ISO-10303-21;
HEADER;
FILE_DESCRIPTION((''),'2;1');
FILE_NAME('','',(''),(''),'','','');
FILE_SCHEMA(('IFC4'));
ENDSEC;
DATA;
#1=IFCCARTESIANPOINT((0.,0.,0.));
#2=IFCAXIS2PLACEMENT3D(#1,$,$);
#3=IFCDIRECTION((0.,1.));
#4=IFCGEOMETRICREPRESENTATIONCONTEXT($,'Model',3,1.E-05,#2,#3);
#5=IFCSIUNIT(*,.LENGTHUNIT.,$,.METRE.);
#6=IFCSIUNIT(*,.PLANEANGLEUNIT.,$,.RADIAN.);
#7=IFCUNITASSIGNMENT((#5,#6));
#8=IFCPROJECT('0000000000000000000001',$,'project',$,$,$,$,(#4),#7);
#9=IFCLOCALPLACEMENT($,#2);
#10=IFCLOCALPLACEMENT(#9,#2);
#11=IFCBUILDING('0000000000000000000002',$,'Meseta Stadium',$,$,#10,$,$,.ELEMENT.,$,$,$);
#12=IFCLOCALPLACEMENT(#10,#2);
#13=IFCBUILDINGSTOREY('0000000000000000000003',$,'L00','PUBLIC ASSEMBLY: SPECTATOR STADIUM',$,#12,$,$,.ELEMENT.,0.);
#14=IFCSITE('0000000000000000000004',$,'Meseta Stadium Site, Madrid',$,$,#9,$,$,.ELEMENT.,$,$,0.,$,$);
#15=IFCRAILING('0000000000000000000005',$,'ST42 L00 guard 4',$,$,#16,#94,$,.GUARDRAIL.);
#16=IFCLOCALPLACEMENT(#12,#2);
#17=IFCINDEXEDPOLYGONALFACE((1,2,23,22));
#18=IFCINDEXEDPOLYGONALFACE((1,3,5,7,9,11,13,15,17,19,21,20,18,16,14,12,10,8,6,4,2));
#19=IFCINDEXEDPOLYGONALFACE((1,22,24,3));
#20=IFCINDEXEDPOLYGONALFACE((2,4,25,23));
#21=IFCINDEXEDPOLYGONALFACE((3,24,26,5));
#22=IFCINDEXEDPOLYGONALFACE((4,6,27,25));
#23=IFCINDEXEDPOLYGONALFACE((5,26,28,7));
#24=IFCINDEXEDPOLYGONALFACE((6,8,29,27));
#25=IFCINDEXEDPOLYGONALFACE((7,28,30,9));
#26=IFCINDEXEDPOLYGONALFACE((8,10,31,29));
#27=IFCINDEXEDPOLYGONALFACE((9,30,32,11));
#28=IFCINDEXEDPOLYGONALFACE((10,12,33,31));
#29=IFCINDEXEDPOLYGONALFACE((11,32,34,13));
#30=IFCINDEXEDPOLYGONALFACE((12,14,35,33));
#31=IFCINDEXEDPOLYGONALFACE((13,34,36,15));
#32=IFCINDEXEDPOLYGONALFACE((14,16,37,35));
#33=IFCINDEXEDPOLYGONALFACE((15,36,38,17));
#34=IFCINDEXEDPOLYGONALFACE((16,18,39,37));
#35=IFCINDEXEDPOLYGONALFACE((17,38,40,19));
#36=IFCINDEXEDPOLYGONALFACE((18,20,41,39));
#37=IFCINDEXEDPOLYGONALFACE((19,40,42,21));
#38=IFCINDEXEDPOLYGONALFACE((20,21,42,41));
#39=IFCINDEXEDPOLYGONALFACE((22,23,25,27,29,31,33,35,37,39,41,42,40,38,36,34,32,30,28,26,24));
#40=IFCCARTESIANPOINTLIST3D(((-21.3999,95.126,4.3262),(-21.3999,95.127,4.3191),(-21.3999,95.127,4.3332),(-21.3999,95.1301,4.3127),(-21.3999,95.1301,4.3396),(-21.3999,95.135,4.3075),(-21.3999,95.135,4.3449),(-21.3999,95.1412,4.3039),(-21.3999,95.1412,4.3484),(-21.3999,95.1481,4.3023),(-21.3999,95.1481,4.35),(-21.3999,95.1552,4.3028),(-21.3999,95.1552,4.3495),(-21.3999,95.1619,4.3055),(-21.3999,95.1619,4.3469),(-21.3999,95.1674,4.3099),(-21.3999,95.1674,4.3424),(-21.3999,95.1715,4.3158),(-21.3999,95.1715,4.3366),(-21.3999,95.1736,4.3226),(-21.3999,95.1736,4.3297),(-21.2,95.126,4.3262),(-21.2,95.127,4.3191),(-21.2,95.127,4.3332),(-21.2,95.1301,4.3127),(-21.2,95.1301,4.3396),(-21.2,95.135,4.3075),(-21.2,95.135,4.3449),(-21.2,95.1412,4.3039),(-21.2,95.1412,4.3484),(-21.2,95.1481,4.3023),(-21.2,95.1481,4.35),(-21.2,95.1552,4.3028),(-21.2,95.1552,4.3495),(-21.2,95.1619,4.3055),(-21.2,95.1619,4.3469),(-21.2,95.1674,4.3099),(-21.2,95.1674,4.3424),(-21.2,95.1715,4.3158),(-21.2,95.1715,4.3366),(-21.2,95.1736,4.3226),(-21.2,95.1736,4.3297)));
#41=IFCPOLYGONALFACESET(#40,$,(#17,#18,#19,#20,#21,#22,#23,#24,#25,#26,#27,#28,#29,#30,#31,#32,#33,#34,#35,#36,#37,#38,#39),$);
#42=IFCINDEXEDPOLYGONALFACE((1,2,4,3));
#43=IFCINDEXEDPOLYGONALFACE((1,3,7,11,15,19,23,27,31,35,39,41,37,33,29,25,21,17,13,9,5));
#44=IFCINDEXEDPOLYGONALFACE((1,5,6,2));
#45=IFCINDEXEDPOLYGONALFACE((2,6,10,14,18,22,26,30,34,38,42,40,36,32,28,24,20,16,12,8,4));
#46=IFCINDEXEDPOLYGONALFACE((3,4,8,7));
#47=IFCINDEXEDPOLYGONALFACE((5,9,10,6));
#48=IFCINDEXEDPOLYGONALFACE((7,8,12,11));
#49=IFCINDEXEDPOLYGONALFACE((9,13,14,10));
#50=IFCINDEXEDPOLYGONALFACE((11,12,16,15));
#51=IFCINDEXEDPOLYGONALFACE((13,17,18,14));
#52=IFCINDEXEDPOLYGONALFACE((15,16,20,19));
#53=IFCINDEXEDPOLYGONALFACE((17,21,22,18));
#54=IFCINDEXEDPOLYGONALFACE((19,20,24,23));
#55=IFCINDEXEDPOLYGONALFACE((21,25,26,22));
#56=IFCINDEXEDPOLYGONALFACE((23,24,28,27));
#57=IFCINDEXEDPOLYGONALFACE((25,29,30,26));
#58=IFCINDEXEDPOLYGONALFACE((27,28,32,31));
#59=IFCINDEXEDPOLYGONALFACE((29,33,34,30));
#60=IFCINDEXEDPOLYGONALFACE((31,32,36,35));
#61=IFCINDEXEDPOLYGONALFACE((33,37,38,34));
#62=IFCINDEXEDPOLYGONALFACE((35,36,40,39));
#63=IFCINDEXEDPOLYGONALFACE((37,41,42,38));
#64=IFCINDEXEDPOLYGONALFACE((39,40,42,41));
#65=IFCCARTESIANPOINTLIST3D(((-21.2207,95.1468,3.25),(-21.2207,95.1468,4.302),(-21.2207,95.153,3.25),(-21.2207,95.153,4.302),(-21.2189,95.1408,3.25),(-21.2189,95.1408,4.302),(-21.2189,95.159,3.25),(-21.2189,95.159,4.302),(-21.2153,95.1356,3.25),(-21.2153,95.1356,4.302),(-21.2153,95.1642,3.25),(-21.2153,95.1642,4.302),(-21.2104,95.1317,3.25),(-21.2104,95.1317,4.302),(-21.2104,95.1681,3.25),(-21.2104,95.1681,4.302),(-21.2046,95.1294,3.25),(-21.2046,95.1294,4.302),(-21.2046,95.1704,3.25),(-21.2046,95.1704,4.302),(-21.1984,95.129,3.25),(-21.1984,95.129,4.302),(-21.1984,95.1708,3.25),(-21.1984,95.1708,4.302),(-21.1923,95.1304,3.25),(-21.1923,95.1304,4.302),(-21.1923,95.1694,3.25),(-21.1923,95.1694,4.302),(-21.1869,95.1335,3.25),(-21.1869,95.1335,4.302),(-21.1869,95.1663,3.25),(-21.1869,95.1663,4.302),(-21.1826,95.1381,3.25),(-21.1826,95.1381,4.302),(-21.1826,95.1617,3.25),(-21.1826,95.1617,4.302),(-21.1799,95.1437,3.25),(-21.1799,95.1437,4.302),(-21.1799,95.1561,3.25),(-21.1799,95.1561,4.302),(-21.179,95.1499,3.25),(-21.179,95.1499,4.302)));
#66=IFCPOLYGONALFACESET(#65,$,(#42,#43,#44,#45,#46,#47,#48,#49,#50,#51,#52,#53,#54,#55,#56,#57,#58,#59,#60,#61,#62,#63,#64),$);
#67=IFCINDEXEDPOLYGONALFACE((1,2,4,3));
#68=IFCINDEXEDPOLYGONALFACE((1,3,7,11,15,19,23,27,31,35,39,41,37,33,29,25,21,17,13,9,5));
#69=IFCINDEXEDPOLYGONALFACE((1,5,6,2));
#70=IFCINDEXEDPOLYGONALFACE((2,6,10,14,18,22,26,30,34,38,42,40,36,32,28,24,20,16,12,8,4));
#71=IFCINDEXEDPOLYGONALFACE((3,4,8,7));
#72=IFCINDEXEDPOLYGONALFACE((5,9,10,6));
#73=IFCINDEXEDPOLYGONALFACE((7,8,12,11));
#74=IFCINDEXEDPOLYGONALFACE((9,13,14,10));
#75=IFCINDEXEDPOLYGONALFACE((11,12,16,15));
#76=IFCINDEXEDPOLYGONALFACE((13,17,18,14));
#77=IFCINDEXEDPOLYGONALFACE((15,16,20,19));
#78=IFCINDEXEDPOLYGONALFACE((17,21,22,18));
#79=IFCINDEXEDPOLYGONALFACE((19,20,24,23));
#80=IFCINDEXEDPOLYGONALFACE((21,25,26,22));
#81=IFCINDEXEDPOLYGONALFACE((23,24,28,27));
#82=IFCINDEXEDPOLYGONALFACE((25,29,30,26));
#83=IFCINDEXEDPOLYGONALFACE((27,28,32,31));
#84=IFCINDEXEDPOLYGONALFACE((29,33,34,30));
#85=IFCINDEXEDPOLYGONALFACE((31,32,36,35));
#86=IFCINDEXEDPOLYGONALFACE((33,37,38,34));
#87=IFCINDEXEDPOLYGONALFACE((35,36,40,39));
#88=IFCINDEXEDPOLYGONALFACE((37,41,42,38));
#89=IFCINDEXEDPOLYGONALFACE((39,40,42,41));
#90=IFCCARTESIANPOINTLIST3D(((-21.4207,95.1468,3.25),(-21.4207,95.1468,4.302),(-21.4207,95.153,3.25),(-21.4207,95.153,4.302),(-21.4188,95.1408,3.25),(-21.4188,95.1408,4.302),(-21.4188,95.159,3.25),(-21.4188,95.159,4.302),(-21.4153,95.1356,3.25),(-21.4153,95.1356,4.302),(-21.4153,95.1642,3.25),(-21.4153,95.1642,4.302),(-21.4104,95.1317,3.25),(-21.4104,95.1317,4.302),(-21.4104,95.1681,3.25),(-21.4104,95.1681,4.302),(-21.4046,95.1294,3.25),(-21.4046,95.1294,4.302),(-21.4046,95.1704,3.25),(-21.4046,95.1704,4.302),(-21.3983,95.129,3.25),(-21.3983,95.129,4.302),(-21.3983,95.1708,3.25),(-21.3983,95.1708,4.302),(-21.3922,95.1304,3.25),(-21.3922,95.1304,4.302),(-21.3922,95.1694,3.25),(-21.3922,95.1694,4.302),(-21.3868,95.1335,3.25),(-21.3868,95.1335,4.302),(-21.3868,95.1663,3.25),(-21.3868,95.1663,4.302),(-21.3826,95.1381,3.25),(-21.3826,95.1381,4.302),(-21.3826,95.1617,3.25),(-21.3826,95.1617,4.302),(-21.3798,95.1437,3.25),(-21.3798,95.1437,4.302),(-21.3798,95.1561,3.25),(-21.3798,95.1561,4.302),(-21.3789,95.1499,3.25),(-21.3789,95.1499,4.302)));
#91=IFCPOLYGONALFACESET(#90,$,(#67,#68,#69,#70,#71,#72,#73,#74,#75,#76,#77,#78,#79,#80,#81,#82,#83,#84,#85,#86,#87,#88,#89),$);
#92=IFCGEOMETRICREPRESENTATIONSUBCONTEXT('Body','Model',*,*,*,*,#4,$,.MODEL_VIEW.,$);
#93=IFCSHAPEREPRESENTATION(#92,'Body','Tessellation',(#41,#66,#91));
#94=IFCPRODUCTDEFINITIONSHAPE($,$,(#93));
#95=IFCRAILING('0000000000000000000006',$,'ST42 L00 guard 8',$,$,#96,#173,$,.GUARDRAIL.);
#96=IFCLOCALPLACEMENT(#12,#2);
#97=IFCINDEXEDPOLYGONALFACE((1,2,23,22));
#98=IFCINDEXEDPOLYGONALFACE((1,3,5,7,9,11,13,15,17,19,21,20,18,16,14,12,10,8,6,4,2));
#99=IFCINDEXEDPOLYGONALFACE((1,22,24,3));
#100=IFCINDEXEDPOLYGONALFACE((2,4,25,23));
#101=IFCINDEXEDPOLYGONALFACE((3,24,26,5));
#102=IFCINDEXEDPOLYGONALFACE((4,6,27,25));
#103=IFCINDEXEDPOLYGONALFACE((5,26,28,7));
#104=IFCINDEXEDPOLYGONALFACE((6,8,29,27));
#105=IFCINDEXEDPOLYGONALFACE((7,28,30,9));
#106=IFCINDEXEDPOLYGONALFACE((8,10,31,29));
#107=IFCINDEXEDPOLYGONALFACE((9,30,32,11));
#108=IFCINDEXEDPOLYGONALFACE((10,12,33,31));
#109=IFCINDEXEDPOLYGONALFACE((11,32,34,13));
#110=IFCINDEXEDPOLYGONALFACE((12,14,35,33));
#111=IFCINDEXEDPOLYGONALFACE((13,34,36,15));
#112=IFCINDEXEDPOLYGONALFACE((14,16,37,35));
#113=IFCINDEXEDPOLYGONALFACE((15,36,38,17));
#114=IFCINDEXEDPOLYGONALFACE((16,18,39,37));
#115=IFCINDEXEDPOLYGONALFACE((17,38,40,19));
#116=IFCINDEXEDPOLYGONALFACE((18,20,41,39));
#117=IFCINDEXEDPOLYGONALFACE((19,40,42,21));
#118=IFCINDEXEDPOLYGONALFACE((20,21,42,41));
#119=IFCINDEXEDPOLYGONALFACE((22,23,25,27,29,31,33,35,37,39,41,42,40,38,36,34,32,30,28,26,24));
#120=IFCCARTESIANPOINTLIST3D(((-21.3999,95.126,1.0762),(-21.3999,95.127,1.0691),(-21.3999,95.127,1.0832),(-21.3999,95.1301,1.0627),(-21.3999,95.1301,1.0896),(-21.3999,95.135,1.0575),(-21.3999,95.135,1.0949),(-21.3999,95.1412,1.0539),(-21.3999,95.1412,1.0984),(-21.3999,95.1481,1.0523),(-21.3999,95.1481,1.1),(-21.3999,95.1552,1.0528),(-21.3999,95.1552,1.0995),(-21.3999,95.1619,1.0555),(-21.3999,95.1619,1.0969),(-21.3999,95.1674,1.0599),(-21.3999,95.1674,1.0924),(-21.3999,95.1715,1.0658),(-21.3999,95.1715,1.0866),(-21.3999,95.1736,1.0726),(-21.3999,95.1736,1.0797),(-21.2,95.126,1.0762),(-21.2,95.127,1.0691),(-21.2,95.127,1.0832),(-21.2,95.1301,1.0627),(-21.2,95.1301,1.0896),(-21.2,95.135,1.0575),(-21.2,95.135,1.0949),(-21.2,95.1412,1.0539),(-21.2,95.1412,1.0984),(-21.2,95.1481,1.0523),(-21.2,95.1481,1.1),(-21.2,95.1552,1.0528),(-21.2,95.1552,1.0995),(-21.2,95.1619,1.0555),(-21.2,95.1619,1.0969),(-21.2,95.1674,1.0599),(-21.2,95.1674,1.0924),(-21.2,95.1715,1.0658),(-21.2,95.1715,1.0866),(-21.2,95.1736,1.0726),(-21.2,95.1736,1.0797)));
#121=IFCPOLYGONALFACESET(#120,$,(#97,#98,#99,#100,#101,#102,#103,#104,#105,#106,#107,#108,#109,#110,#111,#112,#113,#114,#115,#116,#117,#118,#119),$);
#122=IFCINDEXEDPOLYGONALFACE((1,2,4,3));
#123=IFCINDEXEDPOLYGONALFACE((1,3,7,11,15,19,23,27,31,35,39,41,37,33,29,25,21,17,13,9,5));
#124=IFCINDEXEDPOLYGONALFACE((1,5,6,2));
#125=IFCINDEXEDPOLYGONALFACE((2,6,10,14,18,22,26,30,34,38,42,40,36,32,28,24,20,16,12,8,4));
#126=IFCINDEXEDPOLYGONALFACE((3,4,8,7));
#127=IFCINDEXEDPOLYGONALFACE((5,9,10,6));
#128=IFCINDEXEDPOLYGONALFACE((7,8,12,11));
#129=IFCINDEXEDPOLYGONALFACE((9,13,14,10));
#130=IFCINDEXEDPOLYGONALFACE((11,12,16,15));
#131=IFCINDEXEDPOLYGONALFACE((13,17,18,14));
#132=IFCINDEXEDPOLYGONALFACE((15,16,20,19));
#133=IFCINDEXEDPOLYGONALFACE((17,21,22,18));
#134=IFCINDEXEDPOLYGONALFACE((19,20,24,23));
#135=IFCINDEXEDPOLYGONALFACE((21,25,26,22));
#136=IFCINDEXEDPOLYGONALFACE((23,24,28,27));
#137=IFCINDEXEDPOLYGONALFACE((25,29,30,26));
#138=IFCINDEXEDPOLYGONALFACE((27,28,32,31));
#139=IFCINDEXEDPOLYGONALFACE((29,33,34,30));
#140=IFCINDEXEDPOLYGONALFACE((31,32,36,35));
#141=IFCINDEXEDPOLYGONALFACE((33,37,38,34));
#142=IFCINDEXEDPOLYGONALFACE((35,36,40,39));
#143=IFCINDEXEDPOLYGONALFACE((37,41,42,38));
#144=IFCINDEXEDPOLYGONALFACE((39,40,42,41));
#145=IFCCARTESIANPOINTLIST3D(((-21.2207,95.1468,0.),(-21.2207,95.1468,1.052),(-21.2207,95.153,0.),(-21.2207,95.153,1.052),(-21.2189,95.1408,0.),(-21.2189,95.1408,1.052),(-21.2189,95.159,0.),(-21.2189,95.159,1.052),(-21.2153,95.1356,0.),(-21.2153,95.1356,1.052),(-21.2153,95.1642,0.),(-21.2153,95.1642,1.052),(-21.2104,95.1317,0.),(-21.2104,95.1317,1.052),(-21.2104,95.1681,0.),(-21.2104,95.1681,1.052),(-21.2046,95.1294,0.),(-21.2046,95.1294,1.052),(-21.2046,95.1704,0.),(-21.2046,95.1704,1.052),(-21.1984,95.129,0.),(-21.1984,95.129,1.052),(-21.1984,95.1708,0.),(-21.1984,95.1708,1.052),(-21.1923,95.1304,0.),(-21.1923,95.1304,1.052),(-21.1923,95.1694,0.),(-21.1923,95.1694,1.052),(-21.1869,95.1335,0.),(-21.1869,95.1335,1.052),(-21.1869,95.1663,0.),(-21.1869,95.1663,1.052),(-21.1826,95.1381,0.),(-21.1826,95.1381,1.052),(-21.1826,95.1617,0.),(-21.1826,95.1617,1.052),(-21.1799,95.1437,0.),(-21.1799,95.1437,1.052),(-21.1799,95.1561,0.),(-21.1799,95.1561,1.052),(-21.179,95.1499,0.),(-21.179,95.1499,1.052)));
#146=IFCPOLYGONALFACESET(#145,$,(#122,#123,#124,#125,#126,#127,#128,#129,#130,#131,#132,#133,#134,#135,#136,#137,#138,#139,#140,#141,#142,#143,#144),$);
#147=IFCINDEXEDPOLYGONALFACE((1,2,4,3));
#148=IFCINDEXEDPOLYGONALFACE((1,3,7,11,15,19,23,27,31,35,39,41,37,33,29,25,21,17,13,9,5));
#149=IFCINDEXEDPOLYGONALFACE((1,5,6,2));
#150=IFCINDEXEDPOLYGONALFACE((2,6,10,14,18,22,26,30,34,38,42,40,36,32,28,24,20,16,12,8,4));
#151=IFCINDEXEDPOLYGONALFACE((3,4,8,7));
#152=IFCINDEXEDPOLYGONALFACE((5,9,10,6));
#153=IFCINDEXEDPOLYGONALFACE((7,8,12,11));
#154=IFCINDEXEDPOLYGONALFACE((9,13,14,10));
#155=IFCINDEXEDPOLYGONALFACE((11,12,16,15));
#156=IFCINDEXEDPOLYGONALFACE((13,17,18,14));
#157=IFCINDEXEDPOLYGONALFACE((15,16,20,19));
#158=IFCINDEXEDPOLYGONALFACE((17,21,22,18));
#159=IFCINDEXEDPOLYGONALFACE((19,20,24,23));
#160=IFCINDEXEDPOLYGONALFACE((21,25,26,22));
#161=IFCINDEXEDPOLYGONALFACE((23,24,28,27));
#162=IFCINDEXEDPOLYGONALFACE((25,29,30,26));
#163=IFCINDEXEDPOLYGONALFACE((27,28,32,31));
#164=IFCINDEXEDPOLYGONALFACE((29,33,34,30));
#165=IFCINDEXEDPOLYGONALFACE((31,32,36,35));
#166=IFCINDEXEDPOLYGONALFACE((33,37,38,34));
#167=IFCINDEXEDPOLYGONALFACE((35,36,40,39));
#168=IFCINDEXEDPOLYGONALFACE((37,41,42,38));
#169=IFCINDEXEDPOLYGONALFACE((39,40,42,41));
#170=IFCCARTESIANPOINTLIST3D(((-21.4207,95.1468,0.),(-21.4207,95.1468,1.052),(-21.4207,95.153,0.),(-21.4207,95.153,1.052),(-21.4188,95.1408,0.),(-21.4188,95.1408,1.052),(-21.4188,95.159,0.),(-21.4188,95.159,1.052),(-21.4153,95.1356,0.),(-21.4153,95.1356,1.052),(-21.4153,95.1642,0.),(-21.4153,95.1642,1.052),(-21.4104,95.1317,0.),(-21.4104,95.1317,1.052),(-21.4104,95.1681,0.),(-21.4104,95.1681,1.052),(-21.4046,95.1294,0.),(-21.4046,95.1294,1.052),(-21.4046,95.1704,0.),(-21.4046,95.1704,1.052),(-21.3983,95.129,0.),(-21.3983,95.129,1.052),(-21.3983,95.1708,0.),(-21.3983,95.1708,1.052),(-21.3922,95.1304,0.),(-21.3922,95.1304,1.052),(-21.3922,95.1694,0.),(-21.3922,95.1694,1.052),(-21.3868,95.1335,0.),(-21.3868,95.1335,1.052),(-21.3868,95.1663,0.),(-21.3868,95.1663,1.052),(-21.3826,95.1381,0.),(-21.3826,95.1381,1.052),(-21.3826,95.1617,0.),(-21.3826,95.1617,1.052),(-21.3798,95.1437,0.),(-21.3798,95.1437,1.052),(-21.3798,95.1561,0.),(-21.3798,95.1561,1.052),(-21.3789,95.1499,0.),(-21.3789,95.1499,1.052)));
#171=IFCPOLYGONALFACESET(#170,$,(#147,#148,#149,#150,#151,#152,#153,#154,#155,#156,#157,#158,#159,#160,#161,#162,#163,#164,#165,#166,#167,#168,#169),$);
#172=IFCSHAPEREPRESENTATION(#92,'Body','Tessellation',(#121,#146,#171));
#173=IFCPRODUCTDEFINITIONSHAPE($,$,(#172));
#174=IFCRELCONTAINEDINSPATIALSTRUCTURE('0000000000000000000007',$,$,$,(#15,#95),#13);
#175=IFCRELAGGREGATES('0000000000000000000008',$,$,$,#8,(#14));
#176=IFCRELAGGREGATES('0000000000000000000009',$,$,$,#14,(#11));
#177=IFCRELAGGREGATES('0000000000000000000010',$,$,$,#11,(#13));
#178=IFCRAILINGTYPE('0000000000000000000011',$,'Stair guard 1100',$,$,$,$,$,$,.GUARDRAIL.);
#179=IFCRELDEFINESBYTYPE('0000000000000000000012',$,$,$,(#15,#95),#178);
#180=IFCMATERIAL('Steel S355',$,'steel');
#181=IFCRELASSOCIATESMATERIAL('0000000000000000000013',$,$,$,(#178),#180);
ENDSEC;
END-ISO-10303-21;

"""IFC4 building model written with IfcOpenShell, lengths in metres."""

from ifc_helpers import new_model, si_unit, direction, frame, origin, origin_2d, place, context, subcontext, project, spatial, circle, extrude, material, type_object, element, save


model = new_model("IFC4")

# Units and contexts
model_context = context("Model", 3, precision=1e-05, world=origin(), true_north=direction((0.0, 1.0)))
body_context = subcontext(model_context, "Body", "Model", "MODEL_VIEW")
ifc_project = project(units=[si_unit("LENGTHUNIT", "METRE"), si_unit("PLANEANGLEUNIT", "RADIAN")], contexts=[model_context])

# Site, building, storey
site_placement = place(None, origin())
site = spatial("IfcSite", under=ifc_project, at=site_placement, Name="Meseta Stadium Site, Madrid", CompositionType="ELEMENT", RefElevation=0.0)
building_placement = place(site_placement, origin())
building = spatial("IfcBuilding", under=site, at=building_placement, Name="Meseta Stadium", CompositionType="ELEMENT")
storey_placement = place(building_placement, origin())
storey = spatial("IfcBuildingStorey", under=building, at=storey_placement, Name="L00", Description="PUBLIC ASSEMBLY: SPECTATOR STADIUM", CompositionType="ELEMENT", Elevation=0.0)

# Railings
ifc_material_1 = material(Name="Steel S355", Category="steel")
railing_type_1 = type_object("IfcRailingType", Name="Stair guard 1100", PredefinedType="GUARDRAIL", material=ifc_material_1)
for number, where, name in (
    (1, (-21.2, 95.1499, 3.25), "ST42 L00 guard 4"),
    (2, (-21.2, 95.1499, 0.0), "ST42 L00 guard 8"),
):
    element("IfcRailing", number, at=place(storey_placement, frame(where)), inside=storey, type_object=railing_type_1, Name=name, PredefinedType="GUARDRAIL", context=body_context, shape_type="SweptSolid", body=[
        extrude(circle(Radius=0.0239, at=origin_2d()), frame((0.0, 0.0, 1.0762), z_axis=(-1.0, 0.0, 0.0), x_axis=(0.0, -1.0, 0.0)), (0.0, 0.0, 1.0), 0.2),
        extrude(circle(Radius=0.021, at=origin_2d()), origin(), (0.0, 0.0, 1.0), 1.052),
        extrude(circle(Radius=0.021, at=origin_2d()), frame((-0.2, 0.0, 0.0)), (0.0, 0.0, 1.0), 1.052),
    ])

save(model, "model.ifc")
